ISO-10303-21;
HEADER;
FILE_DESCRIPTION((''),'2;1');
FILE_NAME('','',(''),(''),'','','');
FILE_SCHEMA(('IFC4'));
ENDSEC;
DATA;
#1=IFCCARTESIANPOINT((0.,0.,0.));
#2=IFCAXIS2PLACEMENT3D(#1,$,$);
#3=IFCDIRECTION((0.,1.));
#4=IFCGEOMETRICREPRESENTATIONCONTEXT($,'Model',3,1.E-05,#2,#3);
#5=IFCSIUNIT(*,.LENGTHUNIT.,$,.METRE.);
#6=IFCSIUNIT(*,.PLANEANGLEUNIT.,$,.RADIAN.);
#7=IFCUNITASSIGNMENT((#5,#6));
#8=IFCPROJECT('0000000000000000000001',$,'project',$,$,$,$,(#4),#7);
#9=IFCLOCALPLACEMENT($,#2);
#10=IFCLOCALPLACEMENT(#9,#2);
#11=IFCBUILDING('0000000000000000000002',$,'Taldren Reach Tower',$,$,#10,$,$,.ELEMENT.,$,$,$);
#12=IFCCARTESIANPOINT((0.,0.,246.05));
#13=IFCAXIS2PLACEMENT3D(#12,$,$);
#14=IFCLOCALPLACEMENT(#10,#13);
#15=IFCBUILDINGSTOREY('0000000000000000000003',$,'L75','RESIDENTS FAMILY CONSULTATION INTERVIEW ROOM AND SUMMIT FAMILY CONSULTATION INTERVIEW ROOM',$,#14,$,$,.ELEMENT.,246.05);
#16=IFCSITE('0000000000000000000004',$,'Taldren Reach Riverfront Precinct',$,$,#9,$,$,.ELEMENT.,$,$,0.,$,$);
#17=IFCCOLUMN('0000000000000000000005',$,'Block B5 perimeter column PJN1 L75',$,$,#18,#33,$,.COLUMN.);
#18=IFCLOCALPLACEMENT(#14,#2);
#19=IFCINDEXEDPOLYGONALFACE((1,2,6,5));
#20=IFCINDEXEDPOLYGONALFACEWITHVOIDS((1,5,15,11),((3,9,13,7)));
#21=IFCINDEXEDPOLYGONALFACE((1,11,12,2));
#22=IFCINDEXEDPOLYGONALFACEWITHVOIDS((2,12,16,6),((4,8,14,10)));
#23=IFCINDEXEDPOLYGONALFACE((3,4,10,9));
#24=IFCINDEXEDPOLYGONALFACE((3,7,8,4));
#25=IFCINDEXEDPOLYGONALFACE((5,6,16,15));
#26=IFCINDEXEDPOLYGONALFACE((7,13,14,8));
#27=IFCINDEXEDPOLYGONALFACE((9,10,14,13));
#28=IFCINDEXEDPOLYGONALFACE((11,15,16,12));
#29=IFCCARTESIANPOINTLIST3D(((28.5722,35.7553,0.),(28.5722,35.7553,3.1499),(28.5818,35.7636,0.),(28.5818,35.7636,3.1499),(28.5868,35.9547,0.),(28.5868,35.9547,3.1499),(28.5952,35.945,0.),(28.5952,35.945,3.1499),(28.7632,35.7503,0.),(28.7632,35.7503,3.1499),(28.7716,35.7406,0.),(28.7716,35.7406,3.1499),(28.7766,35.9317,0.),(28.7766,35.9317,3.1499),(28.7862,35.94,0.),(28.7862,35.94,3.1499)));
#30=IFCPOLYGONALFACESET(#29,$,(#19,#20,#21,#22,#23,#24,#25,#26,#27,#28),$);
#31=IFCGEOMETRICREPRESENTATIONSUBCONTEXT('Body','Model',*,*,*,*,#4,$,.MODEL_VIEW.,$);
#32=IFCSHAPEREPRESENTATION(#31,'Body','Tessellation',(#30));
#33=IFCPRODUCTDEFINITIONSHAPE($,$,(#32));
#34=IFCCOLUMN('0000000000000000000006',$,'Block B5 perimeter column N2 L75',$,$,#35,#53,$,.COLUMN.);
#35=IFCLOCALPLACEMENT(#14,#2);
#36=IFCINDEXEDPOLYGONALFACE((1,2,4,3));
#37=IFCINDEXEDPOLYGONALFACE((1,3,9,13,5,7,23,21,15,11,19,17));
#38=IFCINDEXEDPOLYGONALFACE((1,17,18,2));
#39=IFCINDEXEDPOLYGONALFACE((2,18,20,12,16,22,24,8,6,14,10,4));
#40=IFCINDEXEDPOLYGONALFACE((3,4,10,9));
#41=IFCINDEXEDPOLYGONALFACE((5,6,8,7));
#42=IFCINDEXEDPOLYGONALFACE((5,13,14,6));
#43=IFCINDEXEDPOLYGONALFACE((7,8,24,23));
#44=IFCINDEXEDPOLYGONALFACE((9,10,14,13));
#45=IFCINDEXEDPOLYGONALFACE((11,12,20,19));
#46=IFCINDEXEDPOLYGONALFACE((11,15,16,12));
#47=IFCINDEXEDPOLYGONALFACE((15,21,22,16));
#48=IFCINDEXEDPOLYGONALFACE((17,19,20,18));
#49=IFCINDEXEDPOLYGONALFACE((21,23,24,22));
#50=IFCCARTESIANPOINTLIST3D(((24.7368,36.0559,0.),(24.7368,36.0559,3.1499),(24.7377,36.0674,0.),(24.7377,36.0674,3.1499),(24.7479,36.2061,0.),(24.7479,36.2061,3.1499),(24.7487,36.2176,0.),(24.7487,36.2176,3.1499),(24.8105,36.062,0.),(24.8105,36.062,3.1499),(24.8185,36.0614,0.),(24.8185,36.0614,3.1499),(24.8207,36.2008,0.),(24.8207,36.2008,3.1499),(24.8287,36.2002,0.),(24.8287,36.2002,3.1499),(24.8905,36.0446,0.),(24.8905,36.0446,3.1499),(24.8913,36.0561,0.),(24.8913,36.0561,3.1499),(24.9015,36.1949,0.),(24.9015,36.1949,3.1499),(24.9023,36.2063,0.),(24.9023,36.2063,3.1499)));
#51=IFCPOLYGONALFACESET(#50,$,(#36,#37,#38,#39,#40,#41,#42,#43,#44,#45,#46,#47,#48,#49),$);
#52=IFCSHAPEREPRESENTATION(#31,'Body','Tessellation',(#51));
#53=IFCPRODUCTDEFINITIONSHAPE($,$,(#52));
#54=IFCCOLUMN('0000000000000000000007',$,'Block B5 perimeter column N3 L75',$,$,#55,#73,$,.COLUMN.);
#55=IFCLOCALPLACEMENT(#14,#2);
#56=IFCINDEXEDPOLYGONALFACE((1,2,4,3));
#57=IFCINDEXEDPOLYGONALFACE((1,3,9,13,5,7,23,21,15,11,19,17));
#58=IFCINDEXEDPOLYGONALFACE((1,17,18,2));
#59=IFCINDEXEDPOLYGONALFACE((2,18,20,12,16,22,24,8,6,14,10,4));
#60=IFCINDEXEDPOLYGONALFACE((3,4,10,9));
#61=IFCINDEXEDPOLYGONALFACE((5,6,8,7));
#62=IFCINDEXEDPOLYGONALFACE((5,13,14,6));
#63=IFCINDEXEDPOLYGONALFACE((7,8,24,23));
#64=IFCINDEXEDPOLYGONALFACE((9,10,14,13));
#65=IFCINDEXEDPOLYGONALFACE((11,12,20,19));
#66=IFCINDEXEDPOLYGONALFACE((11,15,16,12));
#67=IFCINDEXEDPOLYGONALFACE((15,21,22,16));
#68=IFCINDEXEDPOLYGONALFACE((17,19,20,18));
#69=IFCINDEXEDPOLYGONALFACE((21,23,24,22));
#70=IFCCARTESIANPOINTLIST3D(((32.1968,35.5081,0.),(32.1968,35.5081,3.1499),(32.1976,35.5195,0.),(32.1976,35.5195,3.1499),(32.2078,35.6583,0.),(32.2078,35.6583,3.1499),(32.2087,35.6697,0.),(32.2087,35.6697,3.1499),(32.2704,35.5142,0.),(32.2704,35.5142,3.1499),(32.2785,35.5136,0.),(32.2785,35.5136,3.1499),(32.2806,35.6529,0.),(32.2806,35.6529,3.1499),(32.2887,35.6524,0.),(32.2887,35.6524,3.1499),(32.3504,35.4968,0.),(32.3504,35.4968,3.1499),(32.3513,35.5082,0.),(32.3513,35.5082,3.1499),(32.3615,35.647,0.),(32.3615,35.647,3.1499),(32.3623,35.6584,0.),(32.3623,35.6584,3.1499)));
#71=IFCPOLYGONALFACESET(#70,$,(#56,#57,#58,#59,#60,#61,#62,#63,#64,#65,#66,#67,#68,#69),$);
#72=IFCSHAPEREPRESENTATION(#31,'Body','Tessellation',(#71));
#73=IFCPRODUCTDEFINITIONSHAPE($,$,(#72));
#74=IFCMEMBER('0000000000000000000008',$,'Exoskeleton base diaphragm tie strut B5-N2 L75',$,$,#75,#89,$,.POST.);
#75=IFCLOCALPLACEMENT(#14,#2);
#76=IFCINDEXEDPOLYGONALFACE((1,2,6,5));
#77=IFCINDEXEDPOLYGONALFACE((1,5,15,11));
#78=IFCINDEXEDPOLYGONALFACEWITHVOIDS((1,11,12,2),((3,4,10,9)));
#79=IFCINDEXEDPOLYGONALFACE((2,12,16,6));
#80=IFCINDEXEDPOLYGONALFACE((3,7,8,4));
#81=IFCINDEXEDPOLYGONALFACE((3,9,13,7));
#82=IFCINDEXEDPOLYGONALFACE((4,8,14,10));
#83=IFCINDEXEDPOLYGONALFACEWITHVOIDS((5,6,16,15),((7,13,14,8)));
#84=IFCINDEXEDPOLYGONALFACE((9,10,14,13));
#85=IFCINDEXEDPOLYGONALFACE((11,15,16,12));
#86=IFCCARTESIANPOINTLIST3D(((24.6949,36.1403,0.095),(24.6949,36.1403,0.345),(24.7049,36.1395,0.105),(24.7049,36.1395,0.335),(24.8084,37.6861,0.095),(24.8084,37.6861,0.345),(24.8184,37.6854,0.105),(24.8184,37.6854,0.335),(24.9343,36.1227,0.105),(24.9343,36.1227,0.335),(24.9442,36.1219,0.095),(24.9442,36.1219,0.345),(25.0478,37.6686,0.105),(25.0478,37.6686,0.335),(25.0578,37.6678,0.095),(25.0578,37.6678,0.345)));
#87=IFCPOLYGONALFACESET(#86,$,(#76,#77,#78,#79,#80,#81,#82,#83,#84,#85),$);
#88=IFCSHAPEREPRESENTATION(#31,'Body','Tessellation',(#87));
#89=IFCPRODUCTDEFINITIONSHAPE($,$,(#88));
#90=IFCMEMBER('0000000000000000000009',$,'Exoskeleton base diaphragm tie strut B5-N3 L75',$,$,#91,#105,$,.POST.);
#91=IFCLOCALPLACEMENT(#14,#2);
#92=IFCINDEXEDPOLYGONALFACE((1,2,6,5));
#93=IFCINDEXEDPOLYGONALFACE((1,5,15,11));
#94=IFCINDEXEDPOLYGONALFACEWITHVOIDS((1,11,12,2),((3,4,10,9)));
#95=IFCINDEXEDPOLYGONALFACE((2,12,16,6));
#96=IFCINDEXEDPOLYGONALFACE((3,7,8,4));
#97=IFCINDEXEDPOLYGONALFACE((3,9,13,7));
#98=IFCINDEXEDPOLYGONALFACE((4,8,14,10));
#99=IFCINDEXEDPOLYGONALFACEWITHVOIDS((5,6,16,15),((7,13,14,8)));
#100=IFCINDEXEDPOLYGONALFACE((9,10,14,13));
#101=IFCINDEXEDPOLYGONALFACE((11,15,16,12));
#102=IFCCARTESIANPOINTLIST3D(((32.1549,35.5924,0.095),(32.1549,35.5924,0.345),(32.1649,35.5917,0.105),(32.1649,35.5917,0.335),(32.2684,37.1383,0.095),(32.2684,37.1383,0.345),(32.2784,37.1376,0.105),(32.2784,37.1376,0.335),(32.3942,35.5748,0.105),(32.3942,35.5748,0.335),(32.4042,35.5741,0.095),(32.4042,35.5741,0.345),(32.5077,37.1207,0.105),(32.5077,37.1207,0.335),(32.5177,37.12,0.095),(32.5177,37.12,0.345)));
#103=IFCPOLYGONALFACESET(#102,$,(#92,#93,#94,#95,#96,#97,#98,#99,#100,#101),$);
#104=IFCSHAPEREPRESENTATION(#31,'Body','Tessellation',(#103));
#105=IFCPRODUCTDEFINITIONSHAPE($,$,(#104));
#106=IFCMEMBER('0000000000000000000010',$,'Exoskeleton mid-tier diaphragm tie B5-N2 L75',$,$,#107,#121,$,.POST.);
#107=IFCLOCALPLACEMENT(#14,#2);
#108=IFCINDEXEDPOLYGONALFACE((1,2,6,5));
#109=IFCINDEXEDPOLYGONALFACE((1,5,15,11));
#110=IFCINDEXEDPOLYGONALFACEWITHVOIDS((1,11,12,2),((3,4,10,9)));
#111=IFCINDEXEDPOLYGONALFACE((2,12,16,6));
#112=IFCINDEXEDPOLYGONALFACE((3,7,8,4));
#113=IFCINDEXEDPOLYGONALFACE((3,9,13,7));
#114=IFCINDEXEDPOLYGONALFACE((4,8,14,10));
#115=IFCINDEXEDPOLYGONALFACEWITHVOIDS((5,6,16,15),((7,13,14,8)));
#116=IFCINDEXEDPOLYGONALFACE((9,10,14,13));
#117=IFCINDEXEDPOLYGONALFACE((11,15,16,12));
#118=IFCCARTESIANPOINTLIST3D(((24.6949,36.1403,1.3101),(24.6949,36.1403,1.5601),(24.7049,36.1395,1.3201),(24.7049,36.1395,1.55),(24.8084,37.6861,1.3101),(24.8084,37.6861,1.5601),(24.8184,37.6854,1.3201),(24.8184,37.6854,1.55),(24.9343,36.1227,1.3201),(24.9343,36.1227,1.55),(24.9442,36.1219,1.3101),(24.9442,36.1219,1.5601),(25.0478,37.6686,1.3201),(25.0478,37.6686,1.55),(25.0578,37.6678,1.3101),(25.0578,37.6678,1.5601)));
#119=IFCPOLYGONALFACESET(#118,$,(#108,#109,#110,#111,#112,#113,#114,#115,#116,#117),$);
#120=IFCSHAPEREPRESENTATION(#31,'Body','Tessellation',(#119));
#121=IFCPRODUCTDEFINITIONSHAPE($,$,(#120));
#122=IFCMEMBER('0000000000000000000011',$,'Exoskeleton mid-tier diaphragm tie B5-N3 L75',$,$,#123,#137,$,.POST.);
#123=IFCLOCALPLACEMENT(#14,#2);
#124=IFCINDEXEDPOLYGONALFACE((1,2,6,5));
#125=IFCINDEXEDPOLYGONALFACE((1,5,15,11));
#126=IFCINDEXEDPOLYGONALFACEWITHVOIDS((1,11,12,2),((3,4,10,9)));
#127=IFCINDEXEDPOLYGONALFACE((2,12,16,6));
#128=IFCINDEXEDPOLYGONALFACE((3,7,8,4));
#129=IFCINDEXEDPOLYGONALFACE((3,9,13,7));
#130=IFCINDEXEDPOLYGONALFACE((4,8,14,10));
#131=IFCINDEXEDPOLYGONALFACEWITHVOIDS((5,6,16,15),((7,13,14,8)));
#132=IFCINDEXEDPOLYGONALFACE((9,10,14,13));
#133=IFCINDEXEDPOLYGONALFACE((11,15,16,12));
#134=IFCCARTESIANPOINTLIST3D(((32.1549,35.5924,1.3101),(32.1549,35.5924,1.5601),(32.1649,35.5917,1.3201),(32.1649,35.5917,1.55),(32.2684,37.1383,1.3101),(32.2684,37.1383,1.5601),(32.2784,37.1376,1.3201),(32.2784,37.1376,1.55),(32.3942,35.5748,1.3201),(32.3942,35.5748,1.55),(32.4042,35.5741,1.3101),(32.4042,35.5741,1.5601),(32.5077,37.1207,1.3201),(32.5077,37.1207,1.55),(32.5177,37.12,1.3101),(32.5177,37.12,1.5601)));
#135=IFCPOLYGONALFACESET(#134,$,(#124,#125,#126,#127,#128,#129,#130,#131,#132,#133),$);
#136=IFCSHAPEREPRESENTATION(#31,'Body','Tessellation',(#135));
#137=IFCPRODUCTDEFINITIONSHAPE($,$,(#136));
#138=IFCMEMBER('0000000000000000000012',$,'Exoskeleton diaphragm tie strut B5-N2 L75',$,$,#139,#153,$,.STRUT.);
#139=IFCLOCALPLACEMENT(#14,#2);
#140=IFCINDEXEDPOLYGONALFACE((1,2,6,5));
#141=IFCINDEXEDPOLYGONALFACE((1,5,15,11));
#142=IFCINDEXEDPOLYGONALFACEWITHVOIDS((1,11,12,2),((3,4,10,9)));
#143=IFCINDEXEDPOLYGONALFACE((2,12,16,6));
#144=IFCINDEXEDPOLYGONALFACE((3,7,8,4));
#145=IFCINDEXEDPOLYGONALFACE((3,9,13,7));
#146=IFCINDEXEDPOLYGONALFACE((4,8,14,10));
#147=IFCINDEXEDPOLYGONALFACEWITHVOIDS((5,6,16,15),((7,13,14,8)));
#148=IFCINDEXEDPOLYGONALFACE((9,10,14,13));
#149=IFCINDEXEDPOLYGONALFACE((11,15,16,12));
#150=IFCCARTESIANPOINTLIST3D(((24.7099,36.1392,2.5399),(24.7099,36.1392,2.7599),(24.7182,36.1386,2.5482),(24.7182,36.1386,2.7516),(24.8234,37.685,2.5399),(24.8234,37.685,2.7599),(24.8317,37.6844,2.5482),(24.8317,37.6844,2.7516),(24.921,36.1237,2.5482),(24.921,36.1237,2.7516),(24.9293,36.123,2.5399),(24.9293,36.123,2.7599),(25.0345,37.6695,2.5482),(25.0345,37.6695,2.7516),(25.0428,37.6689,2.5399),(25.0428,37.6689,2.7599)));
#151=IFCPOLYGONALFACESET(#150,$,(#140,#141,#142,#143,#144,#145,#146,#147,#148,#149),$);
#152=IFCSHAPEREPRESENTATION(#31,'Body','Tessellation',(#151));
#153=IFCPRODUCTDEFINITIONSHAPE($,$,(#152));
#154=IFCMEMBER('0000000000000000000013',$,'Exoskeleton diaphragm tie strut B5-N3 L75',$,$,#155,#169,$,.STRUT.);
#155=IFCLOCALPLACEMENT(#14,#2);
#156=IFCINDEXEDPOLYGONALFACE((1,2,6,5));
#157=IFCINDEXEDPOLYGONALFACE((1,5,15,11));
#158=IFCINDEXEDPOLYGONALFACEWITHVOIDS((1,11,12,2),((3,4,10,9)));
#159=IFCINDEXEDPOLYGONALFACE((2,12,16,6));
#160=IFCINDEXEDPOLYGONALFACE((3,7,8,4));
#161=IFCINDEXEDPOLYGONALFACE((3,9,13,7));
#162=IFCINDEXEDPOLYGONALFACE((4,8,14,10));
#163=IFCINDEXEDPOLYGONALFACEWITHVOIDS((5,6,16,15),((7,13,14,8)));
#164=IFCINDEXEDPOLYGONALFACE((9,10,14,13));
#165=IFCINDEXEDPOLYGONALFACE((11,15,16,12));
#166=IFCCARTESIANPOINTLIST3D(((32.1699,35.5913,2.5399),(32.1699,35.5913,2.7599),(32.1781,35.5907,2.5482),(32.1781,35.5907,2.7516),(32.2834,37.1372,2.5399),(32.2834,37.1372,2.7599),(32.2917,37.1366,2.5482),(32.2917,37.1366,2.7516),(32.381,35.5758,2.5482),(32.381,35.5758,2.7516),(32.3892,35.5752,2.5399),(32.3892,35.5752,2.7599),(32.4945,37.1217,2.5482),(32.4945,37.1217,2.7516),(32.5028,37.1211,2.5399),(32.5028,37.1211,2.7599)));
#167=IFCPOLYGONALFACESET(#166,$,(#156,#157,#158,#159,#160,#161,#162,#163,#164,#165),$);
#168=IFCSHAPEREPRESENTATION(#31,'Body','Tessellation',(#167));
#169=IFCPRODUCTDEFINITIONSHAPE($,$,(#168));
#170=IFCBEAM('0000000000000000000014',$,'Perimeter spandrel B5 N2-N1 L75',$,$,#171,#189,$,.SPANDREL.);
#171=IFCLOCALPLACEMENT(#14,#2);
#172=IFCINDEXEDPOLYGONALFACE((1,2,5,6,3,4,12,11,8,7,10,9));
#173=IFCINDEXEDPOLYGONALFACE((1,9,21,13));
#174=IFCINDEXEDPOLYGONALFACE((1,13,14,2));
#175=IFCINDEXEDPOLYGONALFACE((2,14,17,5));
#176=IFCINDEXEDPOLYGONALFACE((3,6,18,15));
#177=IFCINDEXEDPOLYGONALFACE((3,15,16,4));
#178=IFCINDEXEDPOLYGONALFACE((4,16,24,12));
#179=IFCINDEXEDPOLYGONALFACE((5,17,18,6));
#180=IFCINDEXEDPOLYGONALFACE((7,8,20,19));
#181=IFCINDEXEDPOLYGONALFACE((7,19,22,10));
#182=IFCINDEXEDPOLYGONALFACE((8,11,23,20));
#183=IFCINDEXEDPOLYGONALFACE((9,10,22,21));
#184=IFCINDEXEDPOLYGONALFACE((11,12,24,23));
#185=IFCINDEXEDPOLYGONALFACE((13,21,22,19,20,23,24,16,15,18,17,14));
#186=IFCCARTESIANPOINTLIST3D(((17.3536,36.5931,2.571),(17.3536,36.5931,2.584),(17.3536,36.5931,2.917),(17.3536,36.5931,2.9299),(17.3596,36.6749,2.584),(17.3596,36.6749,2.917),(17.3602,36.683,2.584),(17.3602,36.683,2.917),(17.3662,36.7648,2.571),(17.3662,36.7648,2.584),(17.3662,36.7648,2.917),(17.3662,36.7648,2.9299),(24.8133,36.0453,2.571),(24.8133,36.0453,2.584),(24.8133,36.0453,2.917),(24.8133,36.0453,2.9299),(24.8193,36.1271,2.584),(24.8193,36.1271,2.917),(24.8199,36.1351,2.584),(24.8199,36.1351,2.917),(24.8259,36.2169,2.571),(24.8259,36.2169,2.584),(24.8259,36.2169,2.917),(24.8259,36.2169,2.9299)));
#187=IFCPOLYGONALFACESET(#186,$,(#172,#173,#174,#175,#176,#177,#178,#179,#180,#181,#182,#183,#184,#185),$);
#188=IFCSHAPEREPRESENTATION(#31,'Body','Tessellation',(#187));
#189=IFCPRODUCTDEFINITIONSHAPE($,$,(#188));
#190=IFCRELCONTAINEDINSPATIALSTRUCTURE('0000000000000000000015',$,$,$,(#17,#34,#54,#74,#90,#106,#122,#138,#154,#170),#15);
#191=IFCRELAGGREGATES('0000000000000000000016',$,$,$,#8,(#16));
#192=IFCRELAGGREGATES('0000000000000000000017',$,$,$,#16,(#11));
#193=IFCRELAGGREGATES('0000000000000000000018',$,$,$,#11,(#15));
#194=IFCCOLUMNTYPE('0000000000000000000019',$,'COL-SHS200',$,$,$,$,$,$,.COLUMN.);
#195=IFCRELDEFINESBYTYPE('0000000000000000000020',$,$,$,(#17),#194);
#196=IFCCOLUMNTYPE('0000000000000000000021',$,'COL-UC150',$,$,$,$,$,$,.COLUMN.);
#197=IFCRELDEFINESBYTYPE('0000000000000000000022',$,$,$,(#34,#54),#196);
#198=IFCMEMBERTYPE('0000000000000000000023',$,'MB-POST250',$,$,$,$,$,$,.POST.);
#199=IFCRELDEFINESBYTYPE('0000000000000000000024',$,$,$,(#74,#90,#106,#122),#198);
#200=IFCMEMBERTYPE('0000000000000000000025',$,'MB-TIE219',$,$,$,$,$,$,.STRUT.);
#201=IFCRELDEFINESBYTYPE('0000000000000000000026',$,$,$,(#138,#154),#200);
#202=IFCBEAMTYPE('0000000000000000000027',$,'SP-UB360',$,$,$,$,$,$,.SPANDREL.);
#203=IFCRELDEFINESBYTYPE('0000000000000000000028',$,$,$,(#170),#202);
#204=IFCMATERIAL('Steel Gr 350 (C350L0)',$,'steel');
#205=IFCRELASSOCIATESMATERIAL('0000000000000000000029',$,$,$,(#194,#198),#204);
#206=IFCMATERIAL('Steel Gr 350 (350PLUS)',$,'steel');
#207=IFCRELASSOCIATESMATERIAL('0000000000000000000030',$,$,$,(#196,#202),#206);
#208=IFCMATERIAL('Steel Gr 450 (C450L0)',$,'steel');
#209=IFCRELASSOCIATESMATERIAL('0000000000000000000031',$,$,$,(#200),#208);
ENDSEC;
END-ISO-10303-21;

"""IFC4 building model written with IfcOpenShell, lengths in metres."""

from ifc_helpers import new_model, si_unit, direction, frame, origin, origin_2d, place, context, subcontext, project, spatial, hollow_rectangle, i_section, extrude, source, transform, mapped, material, material_profile, profile_set, type_object, element, save


model = new_model("IFC4")

# Units and contexts
model_context = context("Model", 3, precision=1e-05, world=origin(), true_north=direction((0.0, 1.0)))
body_context = subcontext(model_context, "Body", "Model", "MODEL_VIEW")
ifc_project = project(units=[si_unit("LENGTHUNIT", "METRE"), si_unit("PLANEANGLEUNIT", "RADIAN")], contexts=[model_context])

# Site, building, storey
site_placement = place(None, origin())
site = spatial("IfcSite", under=ifc_project, at=site_placement, Name="Taldren Reach Riverfront Precinct", CompositionType="ELEMENT", RefElevation=0.0)
building_placement = place(site_placement, origin())
building = spatial("IfcBuilding", under=site, at=building_placement, Name="Taldren Reach Tower", CompositionType="ELEMENT")
storey_placement = place(building_placement, frame((0.0, 0.0, 246.05)))
storey = spatial("IfcBuildingStorey", under=building, at=storey_placement, Name="L75", Description="RESIDENTS FAMILY CONSULTATION INTERVIEW ROOM AND SUMMIT FAMILY CONSULTATION INTERVIEW ROOM", CompositionType="ELEMENT", Elevation=246.05)

# Columns
ifc_material_1 = material(Name="Steel Gr 350 (C350L0)", Category="steel")
ifc_material_profile_1 = material_profile(ifc_material_1, hollow_rectangle(XDim=0.2, YDim=0.2, WallThickness=0.009, at=origin_2d()), Name="200x200x9.0SHS")
ifc_profile_set_1 = profile_set([ifc_material_profile_1], Name="Steel Gr 350 (C350L0)")
column_type_1 = type_object("IfcColumnType", Name="COL-SHS200", PredefinedType="COLUMN", material=ifc_profile_set_1)
shared_shape_1 = source(origin(), body_context, "Body", "SweptSolid", [
    extrude(hollow_rectangle(XDim=0.2, YDim=0.2, WallThickness=0.009, at=origin_2d()), origin(), (0.0, 0.0, 1.0), 3.1499),
])
column_placement = place(storey_placement, frame((28.6792, 35.8477, 0.0), z_axis=(0.0, 0.0, 1.0), x_axis=(0.997314, -0.073238, 0.0)))
element("IfcColumn", 1, at=column_placement, inside=storey, type_object=column_type_1, Name="Block B5 perimeter column PJN1 L75", PredefinedType="COLUMN", context=body_context, shape_type="MappedRepresentation", body=[
    mapped(shared_shape_1, transform((0.0, 0.0, 0.0), scale=1.0)),
])
ifc_material_2 = material(Name="Steel Gr 350 (350PLUS)", Category="steel")
ifc_material_profile_2 = material_profile(ifc_material_2, i_section(OverallWidth=0.1541, OverallDepth=0.1621, WebThickness=0.0081, FlangeThickness=0.0115, at=origin_2d()), Name="150UC37.2")
ifc_profile_set_2 = profile_set([ifc_material_profile_2], Name="Steel Gr 350 (350PLUS)")
column_type_2 = type_object("IfcColumnType", Name="COL-UC150", PredefinedType="COLUMN", material=ifc_profile_set_2)
shared_shape_2 = source(origin(), body_context, "Body", "SweptSolid", [
    extrude(i_section(OverallWidth=0.1541, OverallDepth=0.1621, WebThickness=0.0081, FlangeThickness=0.0115, at=origin_2d()), origin(), (0.0, 0.0, 1.0), 3.1499),
])
for number, where, z_axis, x_axis, name in (
    (2, (24.8196, 36.1311, 0.0), (0.0, 0.0, 1.0), (0.997314, -0.073238, 0.0), "Block B5 perimeter column N2 L75"),
    (3, (32.2795, 35.5833, 0.0), (0.0, 0.0, 1.0), (0.997314, -0.073238, 0.0), "Block B5 perimeter column N3 L75"),
):
    element("IfcColumn", number, at=place(storey_placement, frame(where, z_axis=z_axis, x_axis=x_axis)), inside=storey, type_object=column_type_2, Name=name, PredefinedType="COLUMN", context=body_context, shape_type="MappedRepresentation", body=[
        mapped(shared_shape_2, transform((0.0, 0.0, 0.0), scale=1.0)),
    ])

# Members
ifc_material_profile_3 = material_profile(ifc_material_1, hollow_rectangle(XDim=0.25, YDim=0.25, WallThickness=0.01, at=origin_2d()), Name="250x250x10.0SHS")
ifc_profile_set_3 = profile_set([ifc_material_profile_3], Name="Steel Gr 350 (C350L0)")
member_type_1 = type_object("IfcMemberType", Name="MB-POST250", PredefinedType="POST", material=ifc_profile_set_3)
shared_shape_3 = source(origin(), body_context, "Body", "SweptSolid", [
    extrude(hollow_rectangle(XDim=0.25, YDim=0.25, WallThickness=0.01, at=origin_2d()), origin(), (0.0, 0.0, 1.0), 1.55),
])
for number, where, z_axis, x_axis, name in (
    (4, (24.8196, 36.1311, 0.22), (0.073239, 0.997314, 0.0), (-0.997314, 0.073239, 0.0), "Exoskeleton base diaphragm tie strut B5-N2 L75"),
    (5, (32.2795, 35.5833, 0.22), (0.073239, 0.997314, 0.0), (-0.997314, 0.073239, 0.0), "Exoskeleton base diaphragm tie strut B5-N3 L75"),
    (6, (24.8196, 36.1311, 1.4351), (0.073239, 0.997314, 0.0), (-0.997314, 0.073239, 0.0), "Exoskeleton mid-tier diaphragm tie B5-N2 L75"),
    (7, (32.2795, 35.5833, 1.4351), (0.073239, 0.997314, 0.0), (-0.997314, 0.073239, 0.0), "Exoskeleton mid-tier diaphragm tie B5-N3 L75"),
):
    element("IfcMember", number, at=place(storey_placement, frame(where, z_axis=z_axis, x_axis=x_axis)), inside=storey, type_object=member_type_1, Name=name, PredefinedType="POST", context=body_context, shape_type="MappedRepresentation", body=[
        mapped(shared_shape_3, transform((0.0, 0.0, 0.0), scale=1.0)),
    ])
ifc_material_3 = material(Name="Steel Gr 450 (C450L0)", Category="steel")
ifc_material_profile_4 = material_profile(ifc_material_3, hollow_rectangle(XDim=0.22, YDim=0.22, WallThickness=0.0083, at=origin_2d()), Name="220x220x8.2SHS")
ifc_profile_set_4 = profile_set([ifc_material_profile_4], Name="Steel Gr 450 (C450L0)")
member_type_2 = type_object("IfcMemberType", Name="MB-TIE219", PredefinedType="STRUT", material=ifc_profile_set_4)
shared_shape_4 = source(origin(), body_context, "Body", "SweptSolid", [
    extrude(hollow_rectangle(XDim=0.22, YDim=0.22, WallThickness=0.0083, at=origin_2d()), origin(), (0.0, 0.0, 1.0), 1.55),
])
for number, where, z_axis, x_axis, name in (
    (8, (24.8196, 36.1311, 2.6499), (0.073239, 0.997314, 0.0), (-0.997314, 0.073239, 0.0), "Exoskeleton diaphragm tie strut B5-N2 L75"),
    (9, (32.2795, 35.5833, 2.6499), (0.073239, 0.997314, 0.0), (-0.997314, 0.073239, 0.0), "Exoskeleton diaphragm tie strut B5-N3 L75"),
):
    element("IfcMember", number, at=place(storey_placement, frame(where, z_axis=z_axis, x_axis=x_axis)), inside=storey, type_object=member_type_2, Name=name, PredefinedType="STRUT", context=body_context, shape_type="MappedRepresentation", body=[
        mapped(shared_shape_4, transform((0.0, 0.0, 0.0), scale=1.0)),
    ])

# Beam
ifc_material_profile_5 = material_profile(ifc_material_2, i_section(OverallWidth=0.1721, OverallDepth=0.3589, WebThickness=0.0081, FlangeThickness=0.0129, at=origin_2d()), Name="360UB56.7")
ifc_profile_set_5 = profile_set([ifc_material_profile_5], Name="Steel Gr 350 (350PLUS)")
beam_type = type_object("IfcBeamType", Name="SP-UB360", PredefinedType="SPANDREL", material=ifc_profile_set_5)
shared_shape_5 = source(origin(), body_context, "Body", "SweptSolid", [
    extrude(i_section(OverallWidth=0.1721, OverallDepth=0.3589, WebThickness=0.0081, FlangeThickness=0.0129, at=origin_2d()), origin(), (0.0, 0.0, 1.0), 7.4797),
])
beam_1_placement = place(storey_placement, frame((24.8196, 36.1311, 2.7505), z_axis=(-0.997314, 0.073244, 0.0), x_axis=(-0.073244, -0.997314, 0.0)))
element("IfcBeam", 10, at=beam_1_placement, inside=storey, type_object=beam_type, Name="Perimeter spandrel B5 N2-N1 L75", PredefinedType="SPANDREL", context=body_context, shape_type="MappedRepresentation", body=[
    mapped(shared_shape_5, transform((0.0, 0.0, 0.0), scale=1.0)),
])

save(model, "model.ifc")
